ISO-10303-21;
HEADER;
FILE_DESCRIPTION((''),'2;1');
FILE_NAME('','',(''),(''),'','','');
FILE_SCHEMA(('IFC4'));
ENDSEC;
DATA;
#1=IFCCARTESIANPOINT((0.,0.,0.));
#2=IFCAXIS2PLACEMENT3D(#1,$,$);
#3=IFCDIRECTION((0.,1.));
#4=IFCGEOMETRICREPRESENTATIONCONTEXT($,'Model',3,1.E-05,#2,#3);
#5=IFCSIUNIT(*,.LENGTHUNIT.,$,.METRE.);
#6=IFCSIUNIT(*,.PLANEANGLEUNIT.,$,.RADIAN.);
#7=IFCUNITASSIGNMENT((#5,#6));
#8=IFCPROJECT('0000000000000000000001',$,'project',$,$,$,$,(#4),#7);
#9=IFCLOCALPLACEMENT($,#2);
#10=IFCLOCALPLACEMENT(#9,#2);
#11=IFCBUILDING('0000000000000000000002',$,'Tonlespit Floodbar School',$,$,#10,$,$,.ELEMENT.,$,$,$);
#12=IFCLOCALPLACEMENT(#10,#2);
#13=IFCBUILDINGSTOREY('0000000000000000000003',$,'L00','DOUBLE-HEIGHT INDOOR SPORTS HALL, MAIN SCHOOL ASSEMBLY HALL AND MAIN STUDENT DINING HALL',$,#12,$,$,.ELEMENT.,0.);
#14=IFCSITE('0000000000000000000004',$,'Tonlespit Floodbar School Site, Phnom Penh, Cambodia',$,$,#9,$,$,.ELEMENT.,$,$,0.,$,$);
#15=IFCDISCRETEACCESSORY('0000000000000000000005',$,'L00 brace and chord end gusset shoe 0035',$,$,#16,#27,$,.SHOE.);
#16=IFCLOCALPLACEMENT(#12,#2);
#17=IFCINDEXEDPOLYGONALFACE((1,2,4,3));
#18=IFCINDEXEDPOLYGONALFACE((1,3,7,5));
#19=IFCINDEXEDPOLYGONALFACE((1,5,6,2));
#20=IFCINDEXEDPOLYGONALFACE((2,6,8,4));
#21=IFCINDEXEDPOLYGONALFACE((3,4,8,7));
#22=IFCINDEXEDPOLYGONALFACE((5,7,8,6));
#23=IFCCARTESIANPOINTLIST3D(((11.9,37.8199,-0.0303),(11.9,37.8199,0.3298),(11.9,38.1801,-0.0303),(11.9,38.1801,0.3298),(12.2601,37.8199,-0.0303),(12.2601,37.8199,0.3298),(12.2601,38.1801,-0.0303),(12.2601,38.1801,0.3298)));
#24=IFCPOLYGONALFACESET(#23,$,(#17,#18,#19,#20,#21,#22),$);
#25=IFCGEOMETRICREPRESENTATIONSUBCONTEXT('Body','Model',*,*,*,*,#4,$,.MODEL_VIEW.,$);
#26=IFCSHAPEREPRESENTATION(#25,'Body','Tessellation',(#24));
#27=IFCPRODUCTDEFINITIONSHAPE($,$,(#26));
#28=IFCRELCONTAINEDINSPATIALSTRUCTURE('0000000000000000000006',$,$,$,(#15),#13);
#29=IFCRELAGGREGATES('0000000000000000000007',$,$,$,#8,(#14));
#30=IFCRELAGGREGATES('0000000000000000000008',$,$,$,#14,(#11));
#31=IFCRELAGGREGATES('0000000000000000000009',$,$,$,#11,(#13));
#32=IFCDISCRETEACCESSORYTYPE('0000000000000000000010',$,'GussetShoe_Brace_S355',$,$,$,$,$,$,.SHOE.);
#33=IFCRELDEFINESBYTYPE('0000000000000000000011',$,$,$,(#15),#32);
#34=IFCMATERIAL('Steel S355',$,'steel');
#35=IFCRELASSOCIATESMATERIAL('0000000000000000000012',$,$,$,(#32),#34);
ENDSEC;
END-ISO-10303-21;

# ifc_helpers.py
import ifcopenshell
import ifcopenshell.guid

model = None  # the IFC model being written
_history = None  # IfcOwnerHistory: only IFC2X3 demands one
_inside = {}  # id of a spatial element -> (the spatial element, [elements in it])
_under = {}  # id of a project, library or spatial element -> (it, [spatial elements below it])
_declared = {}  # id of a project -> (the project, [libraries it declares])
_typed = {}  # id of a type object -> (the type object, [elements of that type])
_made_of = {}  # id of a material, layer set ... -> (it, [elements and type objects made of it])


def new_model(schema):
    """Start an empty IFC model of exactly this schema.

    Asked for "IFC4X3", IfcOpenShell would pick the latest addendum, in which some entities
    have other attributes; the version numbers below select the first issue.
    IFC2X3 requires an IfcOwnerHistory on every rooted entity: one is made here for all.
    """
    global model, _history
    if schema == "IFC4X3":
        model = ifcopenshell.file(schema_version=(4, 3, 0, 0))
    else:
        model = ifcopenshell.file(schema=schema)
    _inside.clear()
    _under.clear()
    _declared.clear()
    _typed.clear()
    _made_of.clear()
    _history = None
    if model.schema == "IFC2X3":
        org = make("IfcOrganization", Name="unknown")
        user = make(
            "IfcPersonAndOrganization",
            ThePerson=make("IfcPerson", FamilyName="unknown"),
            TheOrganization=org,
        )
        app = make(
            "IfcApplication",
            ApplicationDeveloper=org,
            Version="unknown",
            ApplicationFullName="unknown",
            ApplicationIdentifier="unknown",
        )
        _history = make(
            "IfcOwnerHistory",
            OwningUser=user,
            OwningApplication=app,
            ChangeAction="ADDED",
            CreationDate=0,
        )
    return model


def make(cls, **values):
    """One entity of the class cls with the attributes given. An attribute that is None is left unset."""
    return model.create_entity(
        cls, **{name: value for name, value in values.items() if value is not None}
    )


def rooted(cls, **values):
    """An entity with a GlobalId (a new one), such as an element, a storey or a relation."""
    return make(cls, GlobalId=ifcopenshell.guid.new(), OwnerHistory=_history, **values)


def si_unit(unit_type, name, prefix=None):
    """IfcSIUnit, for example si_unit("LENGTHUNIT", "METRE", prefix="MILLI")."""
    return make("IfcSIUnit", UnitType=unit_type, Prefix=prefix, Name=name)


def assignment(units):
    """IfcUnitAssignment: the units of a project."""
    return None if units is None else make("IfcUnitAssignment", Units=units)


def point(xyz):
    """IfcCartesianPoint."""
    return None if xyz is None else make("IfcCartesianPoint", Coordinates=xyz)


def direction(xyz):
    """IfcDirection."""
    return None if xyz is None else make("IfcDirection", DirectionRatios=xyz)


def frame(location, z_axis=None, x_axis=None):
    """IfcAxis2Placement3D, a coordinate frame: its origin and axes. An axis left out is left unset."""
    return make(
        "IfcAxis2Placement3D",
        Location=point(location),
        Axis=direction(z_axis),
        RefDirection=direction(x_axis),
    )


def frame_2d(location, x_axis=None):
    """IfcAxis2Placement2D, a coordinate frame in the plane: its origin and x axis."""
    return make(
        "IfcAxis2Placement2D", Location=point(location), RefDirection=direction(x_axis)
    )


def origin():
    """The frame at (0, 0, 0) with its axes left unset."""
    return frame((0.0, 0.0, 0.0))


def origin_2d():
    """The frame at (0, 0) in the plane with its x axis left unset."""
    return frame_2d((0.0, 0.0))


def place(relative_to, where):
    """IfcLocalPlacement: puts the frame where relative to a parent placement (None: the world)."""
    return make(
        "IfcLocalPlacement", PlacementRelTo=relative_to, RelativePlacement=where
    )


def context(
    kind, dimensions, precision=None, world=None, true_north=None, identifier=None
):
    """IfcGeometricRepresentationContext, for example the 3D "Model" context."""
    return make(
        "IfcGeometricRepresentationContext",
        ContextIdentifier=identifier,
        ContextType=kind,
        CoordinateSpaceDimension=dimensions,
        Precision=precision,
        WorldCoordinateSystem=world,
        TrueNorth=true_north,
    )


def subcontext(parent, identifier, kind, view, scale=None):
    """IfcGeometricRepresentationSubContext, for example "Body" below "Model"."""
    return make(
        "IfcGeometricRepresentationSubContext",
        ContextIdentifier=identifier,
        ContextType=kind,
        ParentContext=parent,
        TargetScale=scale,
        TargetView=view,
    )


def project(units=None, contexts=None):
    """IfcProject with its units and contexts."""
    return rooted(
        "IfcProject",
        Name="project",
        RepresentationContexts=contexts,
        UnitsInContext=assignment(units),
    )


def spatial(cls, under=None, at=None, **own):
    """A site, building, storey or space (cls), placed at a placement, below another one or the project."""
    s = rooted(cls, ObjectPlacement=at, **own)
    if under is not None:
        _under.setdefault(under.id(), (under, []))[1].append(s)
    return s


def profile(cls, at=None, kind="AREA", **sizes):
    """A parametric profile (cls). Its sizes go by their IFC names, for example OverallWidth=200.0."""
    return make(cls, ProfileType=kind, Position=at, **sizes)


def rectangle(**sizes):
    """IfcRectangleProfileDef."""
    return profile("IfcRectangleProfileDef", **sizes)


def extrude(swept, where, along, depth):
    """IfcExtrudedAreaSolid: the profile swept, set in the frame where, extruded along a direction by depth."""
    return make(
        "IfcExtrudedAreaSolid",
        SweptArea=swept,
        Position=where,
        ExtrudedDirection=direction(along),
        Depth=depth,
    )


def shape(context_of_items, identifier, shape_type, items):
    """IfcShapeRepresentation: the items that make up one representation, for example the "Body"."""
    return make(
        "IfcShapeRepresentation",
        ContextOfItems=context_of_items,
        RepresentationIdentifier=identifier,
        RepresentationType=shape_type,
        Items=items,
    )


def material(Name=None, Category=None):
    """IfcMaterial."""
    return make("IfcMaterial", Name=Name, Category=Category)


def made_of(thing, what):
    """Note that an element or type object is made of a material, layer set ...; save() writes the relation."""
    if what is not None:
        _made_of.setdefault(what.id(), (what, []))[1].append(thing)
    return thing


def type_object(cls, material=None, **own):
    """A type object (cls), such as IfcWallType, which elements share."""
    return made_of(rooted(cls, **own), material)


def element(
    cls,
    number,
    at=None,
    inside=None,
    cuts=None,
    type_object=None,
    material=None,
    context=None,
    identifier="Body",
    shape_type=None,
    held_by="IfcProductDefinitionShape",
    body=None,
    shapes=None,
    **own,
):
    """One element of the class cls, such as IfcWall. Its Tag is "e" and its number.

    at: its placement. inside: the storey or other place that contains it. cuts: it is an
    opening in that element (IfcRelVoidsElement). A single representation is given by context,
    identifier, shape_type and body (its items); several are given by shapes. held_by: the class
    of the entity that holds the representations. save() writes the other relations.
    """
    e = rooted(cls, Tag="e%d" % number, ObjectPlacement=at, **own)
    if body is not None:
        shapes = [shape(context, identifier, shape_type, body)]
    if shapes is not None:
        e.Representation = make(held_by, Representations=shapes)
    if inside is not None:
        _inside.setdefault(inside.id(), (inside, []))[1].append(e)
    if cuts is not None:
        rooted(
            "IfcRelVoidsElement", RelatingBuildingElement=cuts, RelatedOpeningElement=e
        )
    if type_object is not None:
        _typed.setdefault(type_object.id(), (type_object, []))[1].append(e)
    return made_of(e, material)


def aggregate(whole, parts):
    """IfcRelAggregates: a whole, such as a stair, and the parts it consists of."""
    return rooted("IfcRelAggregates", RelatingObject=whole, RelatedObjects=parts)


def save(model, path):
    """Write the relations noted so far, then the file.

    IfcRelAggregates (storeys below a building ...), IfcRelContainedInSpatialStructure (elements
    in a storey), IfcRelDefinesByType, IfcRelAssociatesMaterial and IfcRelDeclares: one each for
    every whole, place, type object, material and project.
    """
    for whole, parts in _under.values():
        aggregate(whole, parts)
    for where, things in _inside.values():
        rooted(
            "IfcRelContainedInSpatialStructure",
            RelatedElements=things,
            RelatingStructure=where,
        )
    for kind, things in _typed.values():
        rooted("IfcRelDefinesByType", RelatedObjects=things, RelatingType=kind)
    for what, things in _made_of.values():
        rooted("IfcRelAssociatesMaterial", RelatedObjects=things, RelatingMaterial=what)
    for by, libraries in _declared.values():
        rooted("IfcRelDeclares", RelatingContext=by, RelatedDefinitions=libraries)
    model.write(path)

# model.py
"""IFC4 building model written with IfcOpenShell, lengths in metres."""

from ifc_helpers import new_model, si_unit, direction, frame, origin, origin_2d, place, context, subcontext, project, spatial, rectangle, extrude, material, type_object, element, save


model = new_model("IFC4")

# Units and contexts
model_context = context("Model", 3, precision=1e-05, world=origin(), true_north=direction((0.0, 1.0)))
body_context = subcontext(model_context, "Body", "Model", "MODEL_VIEW")
ifc_project = project(units=[si_unit("LENGTHUNIT", "METRE"), si_unit("PLANEANGLEUNIT", "RADIAN")], contexts=[model_context])

# Site, building, storey
site_placement = place(None, origin())
site = spatial("IfcSite", under=ifc_project, at=site_placement, Name="Tonlespit Floodbar School Site, Phnom Penh, Cambodia", CompositionType="ELEMENT", RefElevation=0.0)
building_placement = place(site_placement, origin())
building = spatial("IfcBuilding", under=site, at=building_placement, Name="Tonlespit Floodbar School", CompositionType="ELEMENT")
storey_placement = place(building_placement, origin())
storey = spatial("IfcBuildingStorey", under=building, at=storey_placement, Name="L00", Description="DOUBLE-HEIGHT INDOOR SPORTS HALL, MAIN SCHOOL ASSEMBLY HALL AND MAIN STUDENT DINING HALL", CompositionType="ELEMENT", Elevation=0.0)

# Shared definitions
ifc_material_1 = material(Name="Steel S355", Category="steel")

# Discrete accessory
discrete_accessory_type = type_object("IfcDiscreteAccessoryType", Name="GussetShoe_Brace_S355", PredefinedType="SHOE", material=ifc_material_1)
discrete_accessory_placement = place(storey_placement, frame((12.0801, 38.0, -0.0303), z_axis=(0.0, 0.0, 1.0), x_axis=(1.0, 0.0, 0.0)))
element("IfcDiscreteAccessory", 1, at=discrete_accessory_placement, inside=storey, type_object=discrete_accessory_type, Name="L00 brace and chord end gusset shoe 0035", PredefinedType="SHOE", context=body_context, shape_type="SweptSolid", body=[
    extrude(rectangle(XDim=0.3601, YDim=0.3601, at=origin_2d()), origin(), (0.0, 0.0, 1.0), 0.3601),
])

save(model, "model.ifc")
